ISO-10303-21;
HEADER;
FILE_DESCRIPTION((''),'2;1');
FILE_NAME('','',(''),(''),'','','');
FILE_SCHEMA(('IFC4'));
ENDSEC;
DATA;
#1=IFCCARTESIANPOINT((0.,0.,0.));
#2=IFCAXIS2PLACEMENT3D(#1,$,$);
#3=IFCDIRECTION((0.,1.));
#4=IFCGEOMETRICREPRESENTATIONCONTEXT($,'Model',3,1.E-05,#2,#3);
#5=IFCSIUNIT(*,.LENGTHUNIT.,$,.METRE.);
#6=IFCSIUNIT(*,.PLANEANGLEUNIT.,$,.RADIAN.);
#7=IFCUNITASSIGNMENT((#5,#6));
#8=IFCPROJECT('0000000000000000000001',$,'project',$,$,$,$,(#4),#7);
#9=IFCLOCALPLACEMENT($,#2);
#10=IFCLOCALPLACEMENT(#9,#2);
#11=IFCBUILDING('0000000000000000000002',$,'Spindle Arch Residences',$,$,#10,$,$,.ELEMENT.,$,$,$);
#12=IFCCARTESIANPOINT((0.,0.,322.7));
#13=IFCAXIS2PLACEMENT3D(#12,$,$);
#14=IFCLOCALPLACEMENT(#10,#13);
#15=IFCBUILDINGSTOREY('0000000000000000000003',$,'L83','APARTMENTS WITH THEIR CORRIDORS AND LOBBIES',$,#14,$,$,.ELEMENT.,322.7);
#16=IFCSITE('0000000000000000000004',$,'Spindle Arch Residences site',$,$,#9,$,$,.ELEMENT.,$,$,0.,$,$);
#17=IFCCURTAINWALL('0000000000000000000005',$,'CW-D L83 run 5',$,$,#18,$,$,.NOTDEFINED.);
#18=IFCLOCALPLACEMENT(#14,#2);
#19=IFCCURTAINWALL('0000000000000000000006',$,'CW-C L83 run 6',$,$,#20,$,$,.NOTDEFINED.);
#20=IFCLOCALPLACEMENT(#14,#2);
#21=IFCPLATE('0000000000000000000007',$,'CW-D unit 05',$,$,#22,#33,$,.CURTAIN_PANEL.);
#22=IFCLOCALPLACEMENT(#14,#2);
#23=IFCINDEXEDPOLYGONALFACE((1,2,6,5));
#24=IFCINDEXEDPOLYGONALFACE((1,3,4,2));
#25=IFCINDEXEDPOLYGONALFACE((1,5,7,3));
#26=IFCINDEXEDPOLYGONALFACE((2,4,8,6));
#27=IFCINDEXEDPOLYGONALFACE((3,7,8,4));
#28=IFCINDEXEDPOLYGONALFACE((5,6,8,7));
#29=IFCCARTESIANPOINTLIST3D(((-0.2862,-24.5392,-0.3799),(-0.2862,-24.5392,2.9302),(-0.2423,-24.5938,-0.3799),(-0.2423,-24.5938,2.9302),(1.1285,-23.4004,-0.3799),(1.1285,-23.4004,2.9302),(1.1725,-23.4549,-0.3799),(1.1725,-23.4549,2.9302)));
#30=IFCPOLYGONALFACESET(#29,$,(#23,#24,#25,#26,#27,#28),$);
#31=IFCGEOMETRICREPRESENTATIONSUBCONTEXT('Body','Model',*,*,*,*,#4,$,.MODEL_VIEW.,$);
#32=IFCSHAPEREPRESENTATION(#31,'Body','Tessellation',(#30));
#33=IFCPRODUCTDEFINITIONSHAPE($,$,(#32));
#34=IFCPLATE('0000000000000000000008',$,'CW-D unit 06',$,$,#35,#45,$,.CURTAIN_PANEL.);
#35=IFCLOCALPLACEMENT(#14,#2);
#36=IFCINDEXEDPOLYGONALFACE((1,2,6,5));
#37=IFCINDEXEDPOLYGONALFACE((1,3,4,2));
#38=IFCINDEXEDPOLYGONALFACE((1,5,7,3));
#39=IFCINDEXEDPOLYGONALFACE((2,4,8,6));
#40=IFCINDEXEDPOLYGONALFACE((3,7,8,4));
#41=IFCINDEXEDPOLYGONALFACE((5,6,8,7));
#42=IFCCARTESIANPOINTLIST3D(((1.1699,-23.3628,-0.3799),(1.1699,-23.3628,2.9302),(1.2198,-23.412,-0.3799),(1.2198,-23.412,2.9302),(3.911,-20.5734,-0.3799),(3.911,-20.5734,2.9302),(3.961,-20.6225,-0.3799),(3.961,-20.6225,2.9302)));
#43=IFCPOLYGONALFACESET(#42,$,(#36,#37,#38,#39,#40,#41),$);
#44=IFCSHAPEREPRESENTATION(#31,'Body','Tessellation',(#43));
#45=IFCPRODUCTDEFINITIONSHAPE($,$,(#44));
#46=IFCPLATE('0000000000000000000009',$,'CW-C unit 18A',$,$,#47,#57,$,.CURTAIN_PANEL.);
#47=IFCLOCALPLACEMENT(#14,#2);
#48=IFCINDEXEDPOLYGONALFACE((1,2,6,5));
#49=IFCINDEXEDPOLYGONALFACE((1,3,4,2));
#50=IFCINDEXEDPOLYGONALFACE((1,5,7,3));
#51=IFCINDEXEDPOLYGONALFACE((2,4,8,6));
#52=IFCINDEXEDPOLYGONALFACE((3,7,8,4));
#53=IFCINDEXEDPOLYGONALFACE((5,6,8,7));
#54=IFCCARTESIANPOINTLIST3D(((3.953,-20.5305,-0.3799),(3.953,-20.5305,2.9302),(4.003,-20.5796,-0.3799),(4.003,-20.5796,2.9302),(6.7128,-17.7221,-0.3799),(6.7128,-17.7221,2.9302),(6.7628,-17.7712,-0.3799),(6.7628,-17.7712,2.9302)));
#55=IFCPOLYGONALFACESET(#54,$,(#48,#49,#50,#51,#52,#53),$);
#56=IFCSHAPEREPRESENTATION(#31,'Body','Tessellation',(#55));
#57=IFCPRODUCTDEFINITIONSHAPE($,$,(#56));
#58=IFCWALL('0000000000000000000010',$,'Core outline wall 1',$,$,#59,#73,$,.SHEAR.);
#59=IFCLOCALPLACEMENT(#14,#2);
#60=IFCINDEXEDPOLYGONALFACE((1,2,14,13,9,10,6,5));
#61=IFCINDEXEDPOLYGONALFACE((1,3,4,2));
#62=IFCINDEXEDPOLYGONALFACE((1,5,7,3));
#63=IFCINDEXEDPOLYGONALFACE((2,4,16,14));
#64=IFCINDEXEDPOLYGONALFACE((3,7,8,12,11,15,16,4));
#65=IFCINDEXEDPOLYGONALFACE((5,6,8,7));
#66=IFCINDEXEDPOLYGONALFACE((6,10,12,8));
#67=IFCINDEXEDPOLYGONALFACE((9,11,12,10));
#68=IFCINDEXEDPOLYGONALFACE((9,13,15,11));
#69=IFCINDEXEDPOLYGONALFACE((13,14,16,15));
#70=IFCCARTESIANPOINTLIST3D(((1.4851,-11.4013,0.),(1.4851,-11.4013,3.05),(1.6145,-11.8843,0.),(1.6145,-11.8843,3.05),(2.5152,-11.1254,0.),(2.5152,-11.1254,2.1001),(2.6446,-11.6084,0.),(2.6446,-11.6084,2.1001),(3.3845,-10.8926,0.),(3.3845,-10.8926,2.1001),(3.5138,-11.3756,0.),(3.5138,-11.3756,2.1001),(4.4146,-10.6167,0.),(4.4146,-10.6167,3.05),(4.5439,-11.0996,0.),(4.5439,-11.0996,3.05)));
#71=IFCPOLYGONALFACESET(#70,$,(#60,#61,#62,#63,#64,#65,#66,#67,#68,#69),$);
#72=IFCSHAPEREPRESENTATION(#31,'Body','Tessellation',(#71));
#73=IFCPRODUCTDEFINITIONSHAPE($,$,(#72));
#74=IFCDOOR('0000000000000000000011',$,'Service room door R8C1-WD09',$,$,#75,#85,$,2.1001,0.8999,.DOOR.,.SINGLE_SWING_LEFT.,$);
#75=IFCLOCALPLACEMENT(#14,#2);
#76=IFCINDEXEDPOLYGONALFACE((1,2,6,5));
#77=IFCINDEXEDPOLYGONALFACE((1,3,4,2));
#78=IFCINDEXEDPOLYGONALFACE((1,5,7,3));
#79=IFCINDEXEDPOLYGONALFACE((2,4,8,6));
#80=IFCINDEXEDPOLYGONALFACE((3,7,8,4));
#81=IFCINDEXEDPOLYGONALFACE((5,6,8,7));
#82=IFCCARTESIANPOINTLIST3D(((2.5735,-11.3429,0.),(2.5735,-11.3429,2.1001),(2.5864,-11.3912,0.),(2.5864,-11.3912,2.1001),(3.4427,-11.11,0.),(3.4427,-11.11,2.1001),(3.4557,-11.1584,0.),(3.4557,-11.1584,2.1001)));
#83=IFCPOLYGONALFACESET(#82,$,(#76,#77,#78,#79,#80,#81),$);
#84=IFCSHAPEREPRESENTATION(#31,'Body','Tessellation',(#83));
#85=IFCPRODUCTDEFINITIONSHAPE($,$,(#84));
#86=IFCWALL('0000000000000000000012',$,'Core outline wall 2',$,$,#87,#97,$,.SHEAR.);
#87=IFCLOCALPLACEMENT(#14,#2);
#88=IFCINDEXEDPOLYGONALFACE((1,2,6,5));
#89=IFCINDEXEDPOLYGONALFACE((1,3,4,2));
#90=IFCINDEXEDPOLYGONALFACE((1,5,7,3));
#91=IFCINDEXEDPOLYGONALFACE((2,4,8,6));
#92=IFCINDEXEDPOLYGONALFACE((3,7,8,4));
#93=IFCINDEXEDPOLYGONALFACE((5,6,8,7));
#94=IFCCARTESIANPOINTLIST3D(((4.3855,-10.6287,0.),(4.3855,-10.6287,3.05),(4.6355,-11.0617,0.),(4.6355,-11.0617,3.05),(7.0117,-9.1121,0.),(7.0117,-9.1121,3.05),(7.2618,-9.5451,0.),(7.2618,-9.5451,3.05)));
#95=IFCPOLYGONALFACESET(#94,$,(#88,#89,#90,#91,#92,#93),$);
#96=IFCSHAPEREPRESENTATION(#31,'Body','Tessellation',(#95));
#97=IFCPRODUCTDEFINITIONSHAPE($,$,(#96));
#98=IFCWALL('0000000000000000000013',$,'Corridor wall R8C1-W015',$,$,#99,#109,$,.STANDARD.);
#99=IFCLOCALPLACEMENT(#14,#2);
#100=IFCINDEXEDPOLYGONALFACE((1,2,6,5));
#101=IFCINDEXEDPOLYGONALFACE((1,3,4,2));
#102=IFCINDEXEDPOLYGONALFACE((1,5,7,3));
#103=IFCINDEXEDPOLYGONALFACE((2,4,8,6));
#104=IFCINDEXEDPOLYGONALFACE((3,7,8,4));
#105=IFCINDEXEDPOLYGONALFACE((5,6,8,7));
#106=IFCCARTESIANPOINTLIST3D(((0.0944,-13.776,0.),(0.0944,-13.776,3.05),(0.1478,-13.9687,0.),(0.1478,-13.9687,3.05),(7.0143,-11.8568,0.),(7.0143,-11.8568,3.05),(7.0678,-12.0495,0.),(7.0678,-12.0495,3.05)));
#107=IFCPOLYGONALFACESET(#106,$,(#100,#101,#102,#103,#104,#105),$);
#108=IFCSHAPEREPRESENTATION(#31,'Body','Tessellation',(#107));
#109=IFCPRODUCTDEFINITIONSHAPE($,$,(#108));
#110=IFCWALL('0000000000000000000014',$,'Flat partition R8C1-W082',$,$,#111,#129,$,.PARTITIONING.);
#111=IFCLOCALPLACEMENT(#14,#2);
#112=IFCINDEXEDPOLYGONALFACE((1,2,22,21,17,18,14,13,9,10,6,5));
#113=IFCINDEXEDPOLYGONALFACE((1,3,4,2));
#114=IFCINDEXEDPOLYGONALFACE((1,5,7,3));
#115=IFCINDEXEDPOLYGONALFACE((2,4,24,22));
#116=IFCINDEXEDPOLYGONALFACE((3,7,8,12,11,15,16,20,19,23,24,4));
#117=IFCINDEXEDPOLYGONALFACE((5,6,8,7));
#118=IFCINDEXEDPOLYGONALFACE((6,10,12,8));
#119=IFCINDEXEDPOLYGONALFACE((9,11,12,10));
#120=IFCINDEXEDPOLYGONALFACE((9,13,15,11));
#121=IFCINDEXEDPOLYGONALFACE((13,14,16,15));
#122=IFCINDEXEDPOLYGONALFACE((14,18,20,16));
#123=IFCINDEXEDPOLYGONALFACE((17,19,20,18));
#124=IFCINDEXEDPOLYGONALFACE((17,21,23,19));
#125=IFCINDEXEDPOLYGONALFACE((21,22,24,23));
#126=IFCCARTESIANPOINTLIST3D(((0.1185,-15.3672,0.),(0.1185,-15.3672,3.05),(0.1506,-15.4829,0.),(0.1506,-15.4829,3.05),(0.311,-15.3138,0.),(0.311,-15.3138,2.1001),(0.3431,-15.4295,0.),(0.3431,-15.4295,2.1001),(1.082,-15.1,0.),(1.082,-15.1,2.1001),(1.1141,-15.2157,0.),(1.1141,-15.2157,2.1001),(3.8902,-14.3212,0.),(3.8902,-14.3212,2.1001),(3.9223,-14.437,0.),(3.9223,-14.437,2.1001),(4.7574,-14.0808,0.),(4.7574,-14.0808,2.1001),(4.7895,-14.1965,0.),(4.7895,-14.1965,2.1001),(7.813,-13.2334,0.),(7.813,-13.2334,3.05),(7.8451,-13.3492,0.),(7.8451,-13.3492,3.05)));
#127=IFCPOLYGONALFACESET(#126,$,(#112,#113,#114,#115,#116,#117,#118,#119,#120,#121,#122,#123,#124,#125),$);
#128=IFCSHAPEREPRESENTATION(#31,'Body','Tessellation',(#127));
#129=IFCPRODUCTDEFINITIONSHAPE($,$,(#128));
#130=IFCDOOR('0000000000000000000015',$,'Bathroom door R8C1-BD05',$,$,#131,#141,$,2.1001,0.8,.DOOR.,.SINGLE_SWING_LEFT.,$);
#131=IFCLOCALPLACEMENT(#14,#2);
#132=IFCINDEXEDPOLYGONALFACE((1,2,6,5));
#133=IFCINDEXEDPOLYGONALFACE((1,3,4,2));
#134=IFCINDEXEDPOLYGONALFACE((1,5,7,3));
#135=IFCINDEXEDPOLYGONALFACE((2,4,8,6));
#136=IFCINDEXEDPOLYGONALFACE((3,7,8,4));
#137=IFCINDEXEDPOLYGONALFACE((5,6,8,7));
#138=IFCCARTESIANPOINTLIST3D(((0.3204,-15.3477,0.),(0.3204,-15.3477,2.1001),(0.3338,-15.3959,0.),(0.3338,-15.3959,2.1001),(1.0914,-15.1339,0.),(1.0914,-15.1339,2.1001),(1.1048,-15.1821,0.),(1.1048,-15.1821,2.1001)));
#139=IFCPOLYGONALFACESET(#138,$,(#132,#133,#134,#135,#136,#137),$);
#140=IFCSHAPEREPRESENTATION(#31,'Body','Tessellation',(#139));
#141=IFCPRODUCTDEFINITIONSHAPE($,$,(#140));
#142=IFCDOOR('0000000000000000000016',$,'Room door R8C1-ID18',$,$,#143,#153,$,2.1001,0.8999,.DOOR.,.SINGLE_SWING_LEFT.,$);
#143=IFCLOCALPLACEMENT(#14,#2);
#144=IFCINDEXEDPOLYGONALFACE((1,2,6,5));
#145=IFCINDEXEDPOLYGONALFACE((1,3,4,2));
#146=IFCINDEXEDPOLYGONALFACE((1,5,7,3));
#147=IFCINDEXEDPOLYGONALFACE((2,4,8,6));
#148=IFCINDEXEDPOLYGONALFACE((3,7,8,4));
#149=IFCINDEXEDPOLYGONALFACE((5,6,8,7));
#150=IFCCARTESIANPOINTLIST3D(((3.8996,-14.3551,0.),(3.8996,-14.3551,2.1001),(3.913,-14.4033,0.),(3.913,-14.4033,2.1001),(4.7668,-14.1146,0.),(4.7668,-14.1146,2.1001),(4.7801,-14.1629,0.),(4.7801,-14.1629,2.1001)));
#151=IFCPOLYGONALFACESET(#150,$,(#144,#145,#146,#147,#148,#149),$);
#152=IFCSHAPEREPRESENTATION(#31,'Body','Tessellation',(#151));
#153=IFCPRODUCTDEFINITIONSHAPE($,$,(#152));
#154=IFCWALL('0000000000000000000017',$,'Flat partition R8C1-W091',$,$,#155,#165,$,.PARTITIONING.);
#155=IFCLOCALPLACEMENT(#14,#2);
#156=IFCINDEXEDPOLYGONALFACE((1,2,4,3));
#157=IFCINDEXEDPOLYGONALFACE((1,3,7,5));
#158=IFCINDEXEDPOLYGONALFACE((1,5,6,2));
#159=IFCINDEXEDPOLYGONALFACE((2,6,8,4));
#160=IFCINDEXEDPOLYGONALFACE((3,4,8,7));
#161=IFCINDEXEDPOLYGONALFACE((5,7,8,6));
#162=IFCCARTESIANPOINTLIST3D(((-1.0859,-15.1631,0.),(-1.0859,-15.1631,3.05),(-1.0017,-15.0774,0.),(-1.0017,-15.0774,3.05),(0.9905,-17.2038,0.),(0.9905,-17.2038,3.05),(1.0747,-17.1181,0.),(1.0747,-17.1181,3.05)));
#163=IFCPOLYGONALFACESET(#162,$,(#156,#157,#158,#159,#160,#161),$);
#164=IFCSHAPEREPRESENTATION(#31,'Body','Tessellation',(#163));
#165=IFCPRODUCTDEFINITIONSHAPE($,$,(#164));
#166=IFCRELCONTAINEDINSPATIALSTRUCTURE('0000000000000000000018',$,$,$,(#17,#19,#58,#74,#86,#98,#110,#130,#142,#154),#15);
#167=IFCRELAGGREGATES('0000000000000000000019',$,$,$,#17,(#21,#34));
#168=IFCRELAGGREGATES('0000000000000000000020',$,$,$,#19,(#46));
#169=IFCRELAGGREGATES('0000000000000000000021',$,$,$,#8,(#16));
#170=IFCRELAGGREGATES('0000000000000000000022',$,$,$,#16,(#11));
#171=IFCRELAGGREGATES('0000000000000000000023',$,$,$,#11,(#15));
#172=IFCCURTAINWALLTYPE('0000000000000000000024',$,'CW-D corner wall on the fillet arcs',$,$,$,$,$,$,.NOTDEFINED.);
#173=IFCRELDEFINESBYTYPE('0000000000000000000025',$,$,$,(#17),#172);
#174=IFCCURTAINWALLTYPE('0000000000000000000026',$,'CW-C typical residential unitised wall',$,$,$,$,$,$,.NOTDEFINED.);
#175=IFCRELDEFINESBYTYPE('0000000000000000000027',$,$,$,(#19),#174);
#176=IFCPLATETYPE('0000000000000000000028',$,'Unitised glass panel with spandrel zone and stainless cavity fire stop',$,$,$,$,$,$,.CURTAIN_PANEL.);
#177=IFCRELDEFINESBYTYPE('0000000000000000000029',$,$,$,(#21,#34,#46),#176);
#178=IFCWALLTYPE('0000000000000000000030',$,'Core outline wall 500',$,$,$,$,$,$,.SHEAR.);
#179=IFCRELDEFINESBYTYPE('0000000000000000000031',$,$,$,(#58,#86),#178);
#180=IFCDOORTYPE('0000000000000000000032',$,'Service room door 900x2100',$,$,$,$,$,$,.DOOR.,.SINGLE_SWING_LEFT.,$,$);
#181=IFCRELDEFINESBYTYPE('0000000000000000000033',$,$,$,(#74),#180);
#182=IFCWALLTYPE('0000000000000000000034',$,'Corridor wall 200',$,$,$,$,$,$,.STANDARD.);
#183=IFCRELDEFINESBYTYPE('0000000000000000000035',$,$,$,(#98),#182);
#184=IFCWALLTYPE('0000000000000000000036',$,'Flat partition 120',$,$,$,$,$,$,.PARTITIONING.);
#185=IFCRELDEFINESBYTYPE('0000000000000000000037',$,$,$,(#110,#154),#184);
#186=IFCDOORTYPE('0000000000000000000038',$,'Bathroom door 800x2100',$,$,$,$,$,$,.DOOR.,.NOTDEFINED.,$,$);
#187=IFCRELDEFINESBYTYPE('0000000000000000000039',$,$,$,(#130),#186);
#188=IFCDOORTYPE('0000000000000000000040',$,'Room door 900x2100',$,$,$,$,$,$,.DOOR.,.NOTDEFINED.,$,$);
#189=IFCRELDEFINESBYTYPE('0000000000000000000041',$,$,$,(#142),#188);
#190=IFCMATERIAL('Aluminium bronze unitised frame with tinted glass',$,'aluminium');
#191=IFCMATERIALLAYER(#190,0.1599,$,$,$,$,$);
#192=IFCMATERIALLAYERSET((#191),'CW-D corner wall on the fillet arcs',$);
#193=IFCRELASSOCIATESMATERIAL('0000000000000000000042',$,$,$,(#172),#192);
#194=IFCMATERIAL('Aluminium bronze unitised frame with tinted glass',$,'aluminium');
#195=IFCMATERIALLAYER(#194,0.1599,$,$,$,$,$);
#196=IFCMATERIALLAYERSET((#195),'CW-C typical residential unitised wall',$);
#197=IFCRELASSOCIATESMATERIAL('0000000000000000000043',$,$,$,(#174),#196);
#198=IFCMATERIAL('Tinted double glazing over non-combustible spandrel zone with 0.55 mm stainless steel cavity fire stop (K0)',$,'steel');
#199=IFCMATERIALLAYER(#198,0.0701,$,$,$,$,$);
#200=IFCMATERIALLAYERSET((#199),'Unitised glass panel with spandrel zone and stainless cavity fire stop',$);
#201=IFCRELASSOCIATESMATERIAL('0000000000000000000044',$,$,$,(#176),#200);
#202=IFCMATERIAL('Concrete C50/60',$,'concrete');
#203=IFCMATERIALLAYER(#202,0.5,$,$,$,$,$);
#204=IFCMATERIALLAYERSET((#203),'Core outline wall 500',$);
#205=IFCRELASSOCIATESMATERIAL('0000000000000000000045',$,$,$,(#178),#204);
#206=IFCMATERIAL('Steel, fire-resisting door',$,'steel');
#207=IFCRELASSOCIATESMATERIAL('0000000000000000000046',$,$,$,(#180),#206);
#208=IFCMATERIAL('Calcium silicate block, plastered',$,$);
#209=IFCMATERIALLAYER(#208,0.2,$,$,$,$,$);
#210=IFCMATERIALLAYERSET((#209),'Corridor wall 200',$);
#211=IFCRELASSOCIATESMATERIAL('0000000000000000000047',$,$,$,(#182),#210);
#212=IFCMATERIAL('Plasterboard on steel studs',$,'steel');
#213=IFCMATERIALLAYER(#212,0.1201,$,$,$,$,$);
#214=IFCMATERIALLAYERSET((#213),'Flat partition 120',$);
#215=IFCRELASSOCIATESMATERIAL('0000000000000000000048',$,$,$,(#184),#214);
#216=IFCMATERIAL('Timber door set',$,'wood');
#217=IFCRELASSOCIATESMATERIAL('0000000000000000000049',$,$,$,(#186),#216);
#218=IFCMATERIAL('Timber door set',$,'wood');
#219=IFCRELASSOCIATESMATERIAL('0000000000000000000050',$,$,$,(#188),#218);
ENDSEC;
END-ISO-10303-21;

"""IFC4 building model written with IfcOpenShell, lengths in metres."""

from ifc_helpers import new_model, si_unit, direction, frame, frame_2d, origin, origin_2d, place, context, subcontext, project, spatial, rectangle, extrude, material, layer, layer_set, type_object, element, fill, aggregate, save


model = new_model("IFC4")

# Units and contexts
model_context = context("Model", 3, precision=1e-05, world=origin(), true_north=direction((0.0, 1.0)))
body_context = subcontext(model_context, "Body", "Model", "MODEL_VIEW")
ifc_project = project(units=[si_unit("LENGTHUNIT", "METRE"), si_unit("PLANEANGLEUNIT", "RADIAN")], contexts=[model_context])

# Site, building, storey
site_placement = place(None, origin())
site = spatial("IfcSite", under=ifc_project, at=site_placement, Name="Spindle Arch Residences site", CompositionType="ELEMENT", RefElevation=0.0)
building_placement = place(site_placement, origin())
building = spatial("IfcBuilding", under=site, at=building_placement, Name="Spindle Arch Residences", CompositionType="ELEMENT")
storey_placement = place(building_placement, frame((0.0, 0.0, 322.7)))
storey = spatial("IfcBuildingStorey", under=building, at=storey_placement, Name="L83", Description="APARTMENTS WITH THEIR CORRIDORS AND LOBBIES", CompositionType="ELEMENT", Elevation=322.7)

# Curtain wall
ifc_material_1 = material(Name="Aluminium bronze unitised frame with tinted glass", Category="aluminium")
ifc_layer_1 = layer(ifc_material_1, 0.1599)
ifc_layer_set_1 = layer_set([ifc_layer_1], Name="CW-D corner wall on the fillet arcs")
curtain_wall_type_1 = type_object("IfcCurtainWallType", Name="CW-D corner wall on the fillet arcs", PredefinedType="NOTDEFINED", material=ifc_layer_set_1)
curtain_wall_1_placement = place(storey_placement, origin())
curtain_wall_1 = element("IfcCurtainWall", 1, at=curtain_wall_1_placement, inside=storey, type_object=curtain_wall_type_1, Name="CW-D L83 run 5", PredefinedType="NOTDEFINED")

# Curtain wall
ifc_material_2 = material(Name="Aluminium bronze unitised frame with tinted glass", Category="aluminium")
ifc_layer_2 = layer(ifc_material_2, 0.1599)
ifc_layer_set_2 = layer_set([ifc_layer_2], Name="CW-C typical residential unitised wall")
curtain_wall_type_2 = type_object("IfcCurtainWallType", Name="CW-C typical residential unitised wall", PredefinedType="NOTDEFINED", material=ifc_layer_set_2)
curtain_wall_2_placement = place(storey_placement, origin())
curtain_wall_2 = element("IfcCurtainWall", 2, at=curtain_wall_2_placement, inside=storey, type_object=curtain_wall_type_2, Name="CW-C L83 run 6", PredefinedType="NOTDEFINED")

# Plates
ifc_material_3 = material(Name="Tinted double glazing over non-combustible spandrel zone with 0.55 mm stainless steel cavity fire stop (K0)", Category="steel")
ifc_layer_3 = layer(ifc_material_3, 0.0701)
ifc_layer_set_3 = layer_set([ifc_layer_3], Name="Unitised glass panel with spandrel zone and stainless cavity fire stop")
plate_type = type_object("IfcPlateType", Name="Unitised glass panel with spandrel zone and stainless cavity fire stop", PredefinedType="CURTAIN_PANEL", material=ifc_layer_set_3)
plate_1_placement = place(storey_placement, frame((0.4431, -23.9971, -0.3799), z_axis=(0.0, 0.0, 1.0), x_axis=(0.778973, 0.627057, 0.0)))
plate_1 = element("IfcPlate", 3, at=plate_1_placement, type_object=plate_type, Name="CW-D unit 05", PredefinedType="CURTAIN_PANEL", context=body_context, shape_type="SweptSolid", body=[
    extrude(rectangle(XDim=1.8162, YDim=0.0701, at=origin_2d()), origin(), (0.0, 0.0, 1.0), 3.3101),
])
plate_2_placement = place(storey_placement, frame((2.5654, -21.9927, -0.3799), z_axis=(0.0, 0.0, 1.0), x_axis=(0.700909, 0.71325, 0.0)))
plate_2 = element("IfcPlate", 4, at=plate_2_placement, type_object=plate_type, Name="CW-D unit 06", PredefinedType="CURTAIN_PANEL", context=body_context, shape_type="SweptSolid", body=[
    extrude(rectangle(XDim=3.9109, YDim=0.0701, at=origin_2d()), origin(), (0.0, 0.0, 1.0), 3.3101),
])
aggregate(curtain_wall_1, [plate_1, plate_2])
plate_3_placement = place(storey_placement, frame((5.3579, -19.1509, -0.3799), z_axis=(0.0, 0.0, 1.0), x_axis=(0.700909, 0.71325, 0.0)))
plate_3 = element("IfcPlate", 5, at=plate_3_placement, type_object=plate_type, Name="CW-C unit 18A", PredefinedType="CURTAIN_PANEL", context=body_context, shape_type="SweptSolid", body=[
    extrude(rectangle(XDim=3.9375, YDim=0.0701, at=origin_2d()), origin(), (0.0, 0.0, 1.0), 3.3101),
])
aggregate(curtain_wall_2, [plate_3])

# Wall, opening, door
ifc_material_4 = material(Name="Concrete C50/60", Category="concrete")
ifc_layer_4 = layer(ifc_material_4, 0.5)
ifc_layer_set_4 = layer_set([ifc_layer_4], Name="Core outline wall 500")
wall_type_1 = type_object("IfcWallType", Name="Core outline wall 500", PredefinedType="SHEAR", material=ifc_layer_set_4)
wall_1_placement = place(storey_placement, frame((1.5498, -11.6428, 0.0), z_axis=(0.0, 0.0, 1.0), x_axis=(0.965948, 0.258735, 0.0)))
wall_1 = element("IfcWall", 6, at=wall_1_placement, inside=storey, type_object=wall_type_1, Name="Core outline wall 1", PredefinedType="SHEAR", context=body_context, shape_type="SweptSolid", body=[
    extrude(rectangle(XDim=3.0327, YDim=0.5, at=frame_2d((1.5164, 0.0))), origin(), (0.0, 0.0, 1.0), 3.05),
])
opening_1_placement = place(wall_1_placement, frame((1.0664, 0.0, 0.0)))
opening_1 = element("IfcOpeningElement", 7, at=opening_1_placement, cuts=wall_1, PredefinedType="OPENING", context=body_context, shape_type="SweptSolid", body=[
    extrude(rectangle(XDim=0.8999, YDim=2.1001, at=frame_2d((0.45, 1.05))), frame((0.0, 0.26, 0.0), z_axis=(0.0, -1.0, 0.0), x_axis=(1.0, 0.0, 0.0)), (0.0, 0.0, 1.0), 0.52),
])
ifc_material_5 = material(Name="Steel, fire-resisting door", Category="steel")
door_type_1 = type_object("IfcDoorType", Name="Service room door 900x2100", OperationType="SINGLE_SWING_LEFT", PredefinedType="DOOR", material=ifc_material_5)
door_1_placement = place(opening_1_placement, origin())
door_1 = element("IfcDoor", 8, at=door_1_placement, inside=storey, type_object=door_type_1, Name="Service room door R8C1-WD09", OperationType="SINGLE_SWING_LEFT", OverallHeight=2.1001, OverallWidth=0.8999, PredefinedType="DOOR", context=body_context, shape_type="SweptSolid", body=[
    extrude(rectangle(XDim=0.8999, YDim=2.1001, at=frame_2d((0.45, 1.05))), frame((0.0, 0.0249, 0.0), z_axis=(0.0, -1.0, 0.0), x_axis=(1.0, 0.0, 0.0)), (0.0, 0.0, 1.0), 0.05),
])
fill(opening_1, door_1)

# Walls
wall_2_placement = place(storey_placement, frame((4.5105, -10.8452, 0.0), z_axis=(0.0, 0.0, 1.0), x_axis=(0.865975, 0.500087, 0.0)))
element("IfcWall", 9, at=wall_2_placement, inside=storey, type_object=wall_type_1, Name="Core outline wall 2", PredefinedType="SHEAR", context=body_context, shape_type="SweptSolid", body=[
    extrude(rectangle(XDim=3.0327, YDim=0.5, at=frame_2d((1.5164, 0.0))), origin(), (0.0, 0.0, 1.0), 3.05),
])
ifc_material_6 = material(Name="Calcium silicate block, plastered")
ifc_layer_5 = layer(ifc_material_6, 0.2)
ifc_layer_set_5 = layer_set([ifc_layer_5], Name="Corridor wall 200")
wall_type_2 = type_object("IfcWallType", Name="Corridor wall 200", PredefinedType="STANDARD", material=ifc_layer_set_5)
wall_3_placement = place(storey_placement, frame((0.1211, -13.8723, 0.0), z_axis=(0.0, 0.0, 1.0), x_axis=(0.963626, 0.267255, 0.0)))
element("IfcWall", 10, at=wall_3_placement, inside=storey, type_object=wall_type_2, Name="Corridor wall R8C1-W015", PredefinedType="STANDARD", context=body_context, shape_type="SweptSolid", body=[
    extrude(rectangle(XDim=7.1812, YDim=0.2, at=frame_2d((3.5906, 0.0))), origin(), (0.0, 0.0, 1.0), 3.05),
])

# Wall, openings, doors
ifc_material_7 = material(Name="Plasterboard on steel studs", Category="steel")
ifc_layer_6 = layer(ifc_material_7, 0.1201)
ifc_layer_set_6 = layer_set([ifc_layer_6], Name="Flat partition 120")
wall_type_3 = type_object("IfcWallType", Name="Flat partition 120", PredefinedType="PARTITIONING", material=ifc_layer_set_6)
wall_4_placement = place(storey_placement, frame((0.1345, -15.425, 0.0), z_axis=(0.0, 0.0, 1.0), x_axis=(0.963634, 0.267226, 0.0)))
wall_4 = element("IfcWall", 11, at=wall_4_placement, inside=storey, type_object=wall_type_3, Name="Flat partition R8C1-W082", PredefinedType="PARTITIONING", context=body_context, shape_type="SweptSolid", body=[
    extrude(rectangle(XDim=7.9849, YDim=0.1201, at=frame_2d((3.9924, 0.0))), origin(), (0.0, 0.0, 1.0), 3.05),
])
opening_2_placement = place(wall_4_placement, frame((0.2, 0.0, 0.0)))
opening_2 = element("IfcOpeningElement", 12, at=opening_2_placement, cuts=wall_4, PredefinedType="OPENING", context=body_context, shape_type="SweptSolid", body=[
    extrude(rectangle(XDim=0.8, YDim=2.1001, at=frame_2d((0.3999, 1.05))), frame((0.0, 0.0701, 0.0), z_axis=(0.0, -1.0, 0.0), x_axis=(1.0, 0.0, 0.0)), (0.0, 0.0, 1.0), 0.1401),
])
opening_3_placement = place(wall_4_placement, frame((3.9141, 0.0, 0.0)))
opening_3 = element("IfcOpeningElement", 13, at=opening_3_placement, cuts=wall_4, PredefinedType="OPENING", context=body_context, shape_type="SweptSolid", body=[
    extrude(rectangle(XDim=0.8999, YDim=2.1001, at=frame_2d((0.45, 1.05))), frame((0.0, 0.0701, 0.0), z_axis=(0.0, -1.0, 0.0), x_axis=(1.0, 0.0, 0.0)), (0.0, 0.0, 1.0), 0.1401),
])
ifc_material_8 = material(Name="Timber door set", Category="wood")
door_type_2 = type_object("IfcDoorType", Name="Bathroom door 800x2100", OperationType="NOTDEFINED", PredefinedType="DOOR", material=ifc_material_8)
door_2_placement = place(opening_2_placement, origin())
door_2 = element("IfcDoor", 14, at=door_2_placement, inside=storey, type_object=door_type_2, Name="Bathroom door R8C1-BD05", OperationType="SINGLE_SWING_LEFT", OverallHeight=2.1001, OverallWidth=0.8, PredefinedType="DOOR", context=body_context, shape_type="SweptSolid", body=[
    extrude(rectangle(XDim=0.8, YDim=2.1001, at=frame_2d((0.3999, 1.05))), frame((0.0, 0.0249, 0.0), z_axis=(0.0, -1.0, 0.0), x_axis=(1.0, 0.0, 0.0)), (0.0, 0.0, 1.0), 0.05),
])
fill(opening_2, door_2)
ifc_material_9 = material(Name="Timber door set", Category="wood")
door_type_3 = type_object("IfcDoorType", Name="Room door 900x2100", OperationType="NOTDEFINED", PredefinedType="DOOR", material=ifc_material_9)
door_3_placement = place(opening_3_placement, origin())
door_3 = element("IfcDoor", 15, at=door_3_placement, inside=storey, type_object=door_type_3, Name="Room door R8C1-ID18", OperationType="SINGLE_SWING_LEFT", OverallHeight=2.1001, OverallWidth=0.8999, PredefinedType="DOOR", context=body_context, shape_type="SweptSolid", body=[
    extrude(rectangle(XDim=0.8999, YDim=2.1001, at=frame_2d((0.45, 1.05))), frame((0.0, 0.0249, 0.0), z_axis=(0.0, -1.0, 0.0), x_axis=(1.0, 0.0, 0.0)), (0.0, 0.0, 1.0), 0.05),
])
fill(opening_3, door_3)

# Wall
wall_5_placement = place(storey_placement, frame((1.0325, -17.1609, 0.0), z_axis=(0.0, 0.0, 1.0), x_axis=(-0.713202, 0.700959, 0.0)))
element("IfcWall", 16, at=wall_5_placement, inside=storey, type_object=wall_type_3, Name="Flat partition R8C1-W091", PredefinedType="PARTITIONING", context=body_context, shape_type="SweptSolid", body=[
    extrude(rectangle(XDim=2.9114, YDim=0.1201, at=frame_2d((1.4556, 0.0))), origin(), (0.0, 0.0, 1.0), 3.05),
])

save(model, "model.ifc")
